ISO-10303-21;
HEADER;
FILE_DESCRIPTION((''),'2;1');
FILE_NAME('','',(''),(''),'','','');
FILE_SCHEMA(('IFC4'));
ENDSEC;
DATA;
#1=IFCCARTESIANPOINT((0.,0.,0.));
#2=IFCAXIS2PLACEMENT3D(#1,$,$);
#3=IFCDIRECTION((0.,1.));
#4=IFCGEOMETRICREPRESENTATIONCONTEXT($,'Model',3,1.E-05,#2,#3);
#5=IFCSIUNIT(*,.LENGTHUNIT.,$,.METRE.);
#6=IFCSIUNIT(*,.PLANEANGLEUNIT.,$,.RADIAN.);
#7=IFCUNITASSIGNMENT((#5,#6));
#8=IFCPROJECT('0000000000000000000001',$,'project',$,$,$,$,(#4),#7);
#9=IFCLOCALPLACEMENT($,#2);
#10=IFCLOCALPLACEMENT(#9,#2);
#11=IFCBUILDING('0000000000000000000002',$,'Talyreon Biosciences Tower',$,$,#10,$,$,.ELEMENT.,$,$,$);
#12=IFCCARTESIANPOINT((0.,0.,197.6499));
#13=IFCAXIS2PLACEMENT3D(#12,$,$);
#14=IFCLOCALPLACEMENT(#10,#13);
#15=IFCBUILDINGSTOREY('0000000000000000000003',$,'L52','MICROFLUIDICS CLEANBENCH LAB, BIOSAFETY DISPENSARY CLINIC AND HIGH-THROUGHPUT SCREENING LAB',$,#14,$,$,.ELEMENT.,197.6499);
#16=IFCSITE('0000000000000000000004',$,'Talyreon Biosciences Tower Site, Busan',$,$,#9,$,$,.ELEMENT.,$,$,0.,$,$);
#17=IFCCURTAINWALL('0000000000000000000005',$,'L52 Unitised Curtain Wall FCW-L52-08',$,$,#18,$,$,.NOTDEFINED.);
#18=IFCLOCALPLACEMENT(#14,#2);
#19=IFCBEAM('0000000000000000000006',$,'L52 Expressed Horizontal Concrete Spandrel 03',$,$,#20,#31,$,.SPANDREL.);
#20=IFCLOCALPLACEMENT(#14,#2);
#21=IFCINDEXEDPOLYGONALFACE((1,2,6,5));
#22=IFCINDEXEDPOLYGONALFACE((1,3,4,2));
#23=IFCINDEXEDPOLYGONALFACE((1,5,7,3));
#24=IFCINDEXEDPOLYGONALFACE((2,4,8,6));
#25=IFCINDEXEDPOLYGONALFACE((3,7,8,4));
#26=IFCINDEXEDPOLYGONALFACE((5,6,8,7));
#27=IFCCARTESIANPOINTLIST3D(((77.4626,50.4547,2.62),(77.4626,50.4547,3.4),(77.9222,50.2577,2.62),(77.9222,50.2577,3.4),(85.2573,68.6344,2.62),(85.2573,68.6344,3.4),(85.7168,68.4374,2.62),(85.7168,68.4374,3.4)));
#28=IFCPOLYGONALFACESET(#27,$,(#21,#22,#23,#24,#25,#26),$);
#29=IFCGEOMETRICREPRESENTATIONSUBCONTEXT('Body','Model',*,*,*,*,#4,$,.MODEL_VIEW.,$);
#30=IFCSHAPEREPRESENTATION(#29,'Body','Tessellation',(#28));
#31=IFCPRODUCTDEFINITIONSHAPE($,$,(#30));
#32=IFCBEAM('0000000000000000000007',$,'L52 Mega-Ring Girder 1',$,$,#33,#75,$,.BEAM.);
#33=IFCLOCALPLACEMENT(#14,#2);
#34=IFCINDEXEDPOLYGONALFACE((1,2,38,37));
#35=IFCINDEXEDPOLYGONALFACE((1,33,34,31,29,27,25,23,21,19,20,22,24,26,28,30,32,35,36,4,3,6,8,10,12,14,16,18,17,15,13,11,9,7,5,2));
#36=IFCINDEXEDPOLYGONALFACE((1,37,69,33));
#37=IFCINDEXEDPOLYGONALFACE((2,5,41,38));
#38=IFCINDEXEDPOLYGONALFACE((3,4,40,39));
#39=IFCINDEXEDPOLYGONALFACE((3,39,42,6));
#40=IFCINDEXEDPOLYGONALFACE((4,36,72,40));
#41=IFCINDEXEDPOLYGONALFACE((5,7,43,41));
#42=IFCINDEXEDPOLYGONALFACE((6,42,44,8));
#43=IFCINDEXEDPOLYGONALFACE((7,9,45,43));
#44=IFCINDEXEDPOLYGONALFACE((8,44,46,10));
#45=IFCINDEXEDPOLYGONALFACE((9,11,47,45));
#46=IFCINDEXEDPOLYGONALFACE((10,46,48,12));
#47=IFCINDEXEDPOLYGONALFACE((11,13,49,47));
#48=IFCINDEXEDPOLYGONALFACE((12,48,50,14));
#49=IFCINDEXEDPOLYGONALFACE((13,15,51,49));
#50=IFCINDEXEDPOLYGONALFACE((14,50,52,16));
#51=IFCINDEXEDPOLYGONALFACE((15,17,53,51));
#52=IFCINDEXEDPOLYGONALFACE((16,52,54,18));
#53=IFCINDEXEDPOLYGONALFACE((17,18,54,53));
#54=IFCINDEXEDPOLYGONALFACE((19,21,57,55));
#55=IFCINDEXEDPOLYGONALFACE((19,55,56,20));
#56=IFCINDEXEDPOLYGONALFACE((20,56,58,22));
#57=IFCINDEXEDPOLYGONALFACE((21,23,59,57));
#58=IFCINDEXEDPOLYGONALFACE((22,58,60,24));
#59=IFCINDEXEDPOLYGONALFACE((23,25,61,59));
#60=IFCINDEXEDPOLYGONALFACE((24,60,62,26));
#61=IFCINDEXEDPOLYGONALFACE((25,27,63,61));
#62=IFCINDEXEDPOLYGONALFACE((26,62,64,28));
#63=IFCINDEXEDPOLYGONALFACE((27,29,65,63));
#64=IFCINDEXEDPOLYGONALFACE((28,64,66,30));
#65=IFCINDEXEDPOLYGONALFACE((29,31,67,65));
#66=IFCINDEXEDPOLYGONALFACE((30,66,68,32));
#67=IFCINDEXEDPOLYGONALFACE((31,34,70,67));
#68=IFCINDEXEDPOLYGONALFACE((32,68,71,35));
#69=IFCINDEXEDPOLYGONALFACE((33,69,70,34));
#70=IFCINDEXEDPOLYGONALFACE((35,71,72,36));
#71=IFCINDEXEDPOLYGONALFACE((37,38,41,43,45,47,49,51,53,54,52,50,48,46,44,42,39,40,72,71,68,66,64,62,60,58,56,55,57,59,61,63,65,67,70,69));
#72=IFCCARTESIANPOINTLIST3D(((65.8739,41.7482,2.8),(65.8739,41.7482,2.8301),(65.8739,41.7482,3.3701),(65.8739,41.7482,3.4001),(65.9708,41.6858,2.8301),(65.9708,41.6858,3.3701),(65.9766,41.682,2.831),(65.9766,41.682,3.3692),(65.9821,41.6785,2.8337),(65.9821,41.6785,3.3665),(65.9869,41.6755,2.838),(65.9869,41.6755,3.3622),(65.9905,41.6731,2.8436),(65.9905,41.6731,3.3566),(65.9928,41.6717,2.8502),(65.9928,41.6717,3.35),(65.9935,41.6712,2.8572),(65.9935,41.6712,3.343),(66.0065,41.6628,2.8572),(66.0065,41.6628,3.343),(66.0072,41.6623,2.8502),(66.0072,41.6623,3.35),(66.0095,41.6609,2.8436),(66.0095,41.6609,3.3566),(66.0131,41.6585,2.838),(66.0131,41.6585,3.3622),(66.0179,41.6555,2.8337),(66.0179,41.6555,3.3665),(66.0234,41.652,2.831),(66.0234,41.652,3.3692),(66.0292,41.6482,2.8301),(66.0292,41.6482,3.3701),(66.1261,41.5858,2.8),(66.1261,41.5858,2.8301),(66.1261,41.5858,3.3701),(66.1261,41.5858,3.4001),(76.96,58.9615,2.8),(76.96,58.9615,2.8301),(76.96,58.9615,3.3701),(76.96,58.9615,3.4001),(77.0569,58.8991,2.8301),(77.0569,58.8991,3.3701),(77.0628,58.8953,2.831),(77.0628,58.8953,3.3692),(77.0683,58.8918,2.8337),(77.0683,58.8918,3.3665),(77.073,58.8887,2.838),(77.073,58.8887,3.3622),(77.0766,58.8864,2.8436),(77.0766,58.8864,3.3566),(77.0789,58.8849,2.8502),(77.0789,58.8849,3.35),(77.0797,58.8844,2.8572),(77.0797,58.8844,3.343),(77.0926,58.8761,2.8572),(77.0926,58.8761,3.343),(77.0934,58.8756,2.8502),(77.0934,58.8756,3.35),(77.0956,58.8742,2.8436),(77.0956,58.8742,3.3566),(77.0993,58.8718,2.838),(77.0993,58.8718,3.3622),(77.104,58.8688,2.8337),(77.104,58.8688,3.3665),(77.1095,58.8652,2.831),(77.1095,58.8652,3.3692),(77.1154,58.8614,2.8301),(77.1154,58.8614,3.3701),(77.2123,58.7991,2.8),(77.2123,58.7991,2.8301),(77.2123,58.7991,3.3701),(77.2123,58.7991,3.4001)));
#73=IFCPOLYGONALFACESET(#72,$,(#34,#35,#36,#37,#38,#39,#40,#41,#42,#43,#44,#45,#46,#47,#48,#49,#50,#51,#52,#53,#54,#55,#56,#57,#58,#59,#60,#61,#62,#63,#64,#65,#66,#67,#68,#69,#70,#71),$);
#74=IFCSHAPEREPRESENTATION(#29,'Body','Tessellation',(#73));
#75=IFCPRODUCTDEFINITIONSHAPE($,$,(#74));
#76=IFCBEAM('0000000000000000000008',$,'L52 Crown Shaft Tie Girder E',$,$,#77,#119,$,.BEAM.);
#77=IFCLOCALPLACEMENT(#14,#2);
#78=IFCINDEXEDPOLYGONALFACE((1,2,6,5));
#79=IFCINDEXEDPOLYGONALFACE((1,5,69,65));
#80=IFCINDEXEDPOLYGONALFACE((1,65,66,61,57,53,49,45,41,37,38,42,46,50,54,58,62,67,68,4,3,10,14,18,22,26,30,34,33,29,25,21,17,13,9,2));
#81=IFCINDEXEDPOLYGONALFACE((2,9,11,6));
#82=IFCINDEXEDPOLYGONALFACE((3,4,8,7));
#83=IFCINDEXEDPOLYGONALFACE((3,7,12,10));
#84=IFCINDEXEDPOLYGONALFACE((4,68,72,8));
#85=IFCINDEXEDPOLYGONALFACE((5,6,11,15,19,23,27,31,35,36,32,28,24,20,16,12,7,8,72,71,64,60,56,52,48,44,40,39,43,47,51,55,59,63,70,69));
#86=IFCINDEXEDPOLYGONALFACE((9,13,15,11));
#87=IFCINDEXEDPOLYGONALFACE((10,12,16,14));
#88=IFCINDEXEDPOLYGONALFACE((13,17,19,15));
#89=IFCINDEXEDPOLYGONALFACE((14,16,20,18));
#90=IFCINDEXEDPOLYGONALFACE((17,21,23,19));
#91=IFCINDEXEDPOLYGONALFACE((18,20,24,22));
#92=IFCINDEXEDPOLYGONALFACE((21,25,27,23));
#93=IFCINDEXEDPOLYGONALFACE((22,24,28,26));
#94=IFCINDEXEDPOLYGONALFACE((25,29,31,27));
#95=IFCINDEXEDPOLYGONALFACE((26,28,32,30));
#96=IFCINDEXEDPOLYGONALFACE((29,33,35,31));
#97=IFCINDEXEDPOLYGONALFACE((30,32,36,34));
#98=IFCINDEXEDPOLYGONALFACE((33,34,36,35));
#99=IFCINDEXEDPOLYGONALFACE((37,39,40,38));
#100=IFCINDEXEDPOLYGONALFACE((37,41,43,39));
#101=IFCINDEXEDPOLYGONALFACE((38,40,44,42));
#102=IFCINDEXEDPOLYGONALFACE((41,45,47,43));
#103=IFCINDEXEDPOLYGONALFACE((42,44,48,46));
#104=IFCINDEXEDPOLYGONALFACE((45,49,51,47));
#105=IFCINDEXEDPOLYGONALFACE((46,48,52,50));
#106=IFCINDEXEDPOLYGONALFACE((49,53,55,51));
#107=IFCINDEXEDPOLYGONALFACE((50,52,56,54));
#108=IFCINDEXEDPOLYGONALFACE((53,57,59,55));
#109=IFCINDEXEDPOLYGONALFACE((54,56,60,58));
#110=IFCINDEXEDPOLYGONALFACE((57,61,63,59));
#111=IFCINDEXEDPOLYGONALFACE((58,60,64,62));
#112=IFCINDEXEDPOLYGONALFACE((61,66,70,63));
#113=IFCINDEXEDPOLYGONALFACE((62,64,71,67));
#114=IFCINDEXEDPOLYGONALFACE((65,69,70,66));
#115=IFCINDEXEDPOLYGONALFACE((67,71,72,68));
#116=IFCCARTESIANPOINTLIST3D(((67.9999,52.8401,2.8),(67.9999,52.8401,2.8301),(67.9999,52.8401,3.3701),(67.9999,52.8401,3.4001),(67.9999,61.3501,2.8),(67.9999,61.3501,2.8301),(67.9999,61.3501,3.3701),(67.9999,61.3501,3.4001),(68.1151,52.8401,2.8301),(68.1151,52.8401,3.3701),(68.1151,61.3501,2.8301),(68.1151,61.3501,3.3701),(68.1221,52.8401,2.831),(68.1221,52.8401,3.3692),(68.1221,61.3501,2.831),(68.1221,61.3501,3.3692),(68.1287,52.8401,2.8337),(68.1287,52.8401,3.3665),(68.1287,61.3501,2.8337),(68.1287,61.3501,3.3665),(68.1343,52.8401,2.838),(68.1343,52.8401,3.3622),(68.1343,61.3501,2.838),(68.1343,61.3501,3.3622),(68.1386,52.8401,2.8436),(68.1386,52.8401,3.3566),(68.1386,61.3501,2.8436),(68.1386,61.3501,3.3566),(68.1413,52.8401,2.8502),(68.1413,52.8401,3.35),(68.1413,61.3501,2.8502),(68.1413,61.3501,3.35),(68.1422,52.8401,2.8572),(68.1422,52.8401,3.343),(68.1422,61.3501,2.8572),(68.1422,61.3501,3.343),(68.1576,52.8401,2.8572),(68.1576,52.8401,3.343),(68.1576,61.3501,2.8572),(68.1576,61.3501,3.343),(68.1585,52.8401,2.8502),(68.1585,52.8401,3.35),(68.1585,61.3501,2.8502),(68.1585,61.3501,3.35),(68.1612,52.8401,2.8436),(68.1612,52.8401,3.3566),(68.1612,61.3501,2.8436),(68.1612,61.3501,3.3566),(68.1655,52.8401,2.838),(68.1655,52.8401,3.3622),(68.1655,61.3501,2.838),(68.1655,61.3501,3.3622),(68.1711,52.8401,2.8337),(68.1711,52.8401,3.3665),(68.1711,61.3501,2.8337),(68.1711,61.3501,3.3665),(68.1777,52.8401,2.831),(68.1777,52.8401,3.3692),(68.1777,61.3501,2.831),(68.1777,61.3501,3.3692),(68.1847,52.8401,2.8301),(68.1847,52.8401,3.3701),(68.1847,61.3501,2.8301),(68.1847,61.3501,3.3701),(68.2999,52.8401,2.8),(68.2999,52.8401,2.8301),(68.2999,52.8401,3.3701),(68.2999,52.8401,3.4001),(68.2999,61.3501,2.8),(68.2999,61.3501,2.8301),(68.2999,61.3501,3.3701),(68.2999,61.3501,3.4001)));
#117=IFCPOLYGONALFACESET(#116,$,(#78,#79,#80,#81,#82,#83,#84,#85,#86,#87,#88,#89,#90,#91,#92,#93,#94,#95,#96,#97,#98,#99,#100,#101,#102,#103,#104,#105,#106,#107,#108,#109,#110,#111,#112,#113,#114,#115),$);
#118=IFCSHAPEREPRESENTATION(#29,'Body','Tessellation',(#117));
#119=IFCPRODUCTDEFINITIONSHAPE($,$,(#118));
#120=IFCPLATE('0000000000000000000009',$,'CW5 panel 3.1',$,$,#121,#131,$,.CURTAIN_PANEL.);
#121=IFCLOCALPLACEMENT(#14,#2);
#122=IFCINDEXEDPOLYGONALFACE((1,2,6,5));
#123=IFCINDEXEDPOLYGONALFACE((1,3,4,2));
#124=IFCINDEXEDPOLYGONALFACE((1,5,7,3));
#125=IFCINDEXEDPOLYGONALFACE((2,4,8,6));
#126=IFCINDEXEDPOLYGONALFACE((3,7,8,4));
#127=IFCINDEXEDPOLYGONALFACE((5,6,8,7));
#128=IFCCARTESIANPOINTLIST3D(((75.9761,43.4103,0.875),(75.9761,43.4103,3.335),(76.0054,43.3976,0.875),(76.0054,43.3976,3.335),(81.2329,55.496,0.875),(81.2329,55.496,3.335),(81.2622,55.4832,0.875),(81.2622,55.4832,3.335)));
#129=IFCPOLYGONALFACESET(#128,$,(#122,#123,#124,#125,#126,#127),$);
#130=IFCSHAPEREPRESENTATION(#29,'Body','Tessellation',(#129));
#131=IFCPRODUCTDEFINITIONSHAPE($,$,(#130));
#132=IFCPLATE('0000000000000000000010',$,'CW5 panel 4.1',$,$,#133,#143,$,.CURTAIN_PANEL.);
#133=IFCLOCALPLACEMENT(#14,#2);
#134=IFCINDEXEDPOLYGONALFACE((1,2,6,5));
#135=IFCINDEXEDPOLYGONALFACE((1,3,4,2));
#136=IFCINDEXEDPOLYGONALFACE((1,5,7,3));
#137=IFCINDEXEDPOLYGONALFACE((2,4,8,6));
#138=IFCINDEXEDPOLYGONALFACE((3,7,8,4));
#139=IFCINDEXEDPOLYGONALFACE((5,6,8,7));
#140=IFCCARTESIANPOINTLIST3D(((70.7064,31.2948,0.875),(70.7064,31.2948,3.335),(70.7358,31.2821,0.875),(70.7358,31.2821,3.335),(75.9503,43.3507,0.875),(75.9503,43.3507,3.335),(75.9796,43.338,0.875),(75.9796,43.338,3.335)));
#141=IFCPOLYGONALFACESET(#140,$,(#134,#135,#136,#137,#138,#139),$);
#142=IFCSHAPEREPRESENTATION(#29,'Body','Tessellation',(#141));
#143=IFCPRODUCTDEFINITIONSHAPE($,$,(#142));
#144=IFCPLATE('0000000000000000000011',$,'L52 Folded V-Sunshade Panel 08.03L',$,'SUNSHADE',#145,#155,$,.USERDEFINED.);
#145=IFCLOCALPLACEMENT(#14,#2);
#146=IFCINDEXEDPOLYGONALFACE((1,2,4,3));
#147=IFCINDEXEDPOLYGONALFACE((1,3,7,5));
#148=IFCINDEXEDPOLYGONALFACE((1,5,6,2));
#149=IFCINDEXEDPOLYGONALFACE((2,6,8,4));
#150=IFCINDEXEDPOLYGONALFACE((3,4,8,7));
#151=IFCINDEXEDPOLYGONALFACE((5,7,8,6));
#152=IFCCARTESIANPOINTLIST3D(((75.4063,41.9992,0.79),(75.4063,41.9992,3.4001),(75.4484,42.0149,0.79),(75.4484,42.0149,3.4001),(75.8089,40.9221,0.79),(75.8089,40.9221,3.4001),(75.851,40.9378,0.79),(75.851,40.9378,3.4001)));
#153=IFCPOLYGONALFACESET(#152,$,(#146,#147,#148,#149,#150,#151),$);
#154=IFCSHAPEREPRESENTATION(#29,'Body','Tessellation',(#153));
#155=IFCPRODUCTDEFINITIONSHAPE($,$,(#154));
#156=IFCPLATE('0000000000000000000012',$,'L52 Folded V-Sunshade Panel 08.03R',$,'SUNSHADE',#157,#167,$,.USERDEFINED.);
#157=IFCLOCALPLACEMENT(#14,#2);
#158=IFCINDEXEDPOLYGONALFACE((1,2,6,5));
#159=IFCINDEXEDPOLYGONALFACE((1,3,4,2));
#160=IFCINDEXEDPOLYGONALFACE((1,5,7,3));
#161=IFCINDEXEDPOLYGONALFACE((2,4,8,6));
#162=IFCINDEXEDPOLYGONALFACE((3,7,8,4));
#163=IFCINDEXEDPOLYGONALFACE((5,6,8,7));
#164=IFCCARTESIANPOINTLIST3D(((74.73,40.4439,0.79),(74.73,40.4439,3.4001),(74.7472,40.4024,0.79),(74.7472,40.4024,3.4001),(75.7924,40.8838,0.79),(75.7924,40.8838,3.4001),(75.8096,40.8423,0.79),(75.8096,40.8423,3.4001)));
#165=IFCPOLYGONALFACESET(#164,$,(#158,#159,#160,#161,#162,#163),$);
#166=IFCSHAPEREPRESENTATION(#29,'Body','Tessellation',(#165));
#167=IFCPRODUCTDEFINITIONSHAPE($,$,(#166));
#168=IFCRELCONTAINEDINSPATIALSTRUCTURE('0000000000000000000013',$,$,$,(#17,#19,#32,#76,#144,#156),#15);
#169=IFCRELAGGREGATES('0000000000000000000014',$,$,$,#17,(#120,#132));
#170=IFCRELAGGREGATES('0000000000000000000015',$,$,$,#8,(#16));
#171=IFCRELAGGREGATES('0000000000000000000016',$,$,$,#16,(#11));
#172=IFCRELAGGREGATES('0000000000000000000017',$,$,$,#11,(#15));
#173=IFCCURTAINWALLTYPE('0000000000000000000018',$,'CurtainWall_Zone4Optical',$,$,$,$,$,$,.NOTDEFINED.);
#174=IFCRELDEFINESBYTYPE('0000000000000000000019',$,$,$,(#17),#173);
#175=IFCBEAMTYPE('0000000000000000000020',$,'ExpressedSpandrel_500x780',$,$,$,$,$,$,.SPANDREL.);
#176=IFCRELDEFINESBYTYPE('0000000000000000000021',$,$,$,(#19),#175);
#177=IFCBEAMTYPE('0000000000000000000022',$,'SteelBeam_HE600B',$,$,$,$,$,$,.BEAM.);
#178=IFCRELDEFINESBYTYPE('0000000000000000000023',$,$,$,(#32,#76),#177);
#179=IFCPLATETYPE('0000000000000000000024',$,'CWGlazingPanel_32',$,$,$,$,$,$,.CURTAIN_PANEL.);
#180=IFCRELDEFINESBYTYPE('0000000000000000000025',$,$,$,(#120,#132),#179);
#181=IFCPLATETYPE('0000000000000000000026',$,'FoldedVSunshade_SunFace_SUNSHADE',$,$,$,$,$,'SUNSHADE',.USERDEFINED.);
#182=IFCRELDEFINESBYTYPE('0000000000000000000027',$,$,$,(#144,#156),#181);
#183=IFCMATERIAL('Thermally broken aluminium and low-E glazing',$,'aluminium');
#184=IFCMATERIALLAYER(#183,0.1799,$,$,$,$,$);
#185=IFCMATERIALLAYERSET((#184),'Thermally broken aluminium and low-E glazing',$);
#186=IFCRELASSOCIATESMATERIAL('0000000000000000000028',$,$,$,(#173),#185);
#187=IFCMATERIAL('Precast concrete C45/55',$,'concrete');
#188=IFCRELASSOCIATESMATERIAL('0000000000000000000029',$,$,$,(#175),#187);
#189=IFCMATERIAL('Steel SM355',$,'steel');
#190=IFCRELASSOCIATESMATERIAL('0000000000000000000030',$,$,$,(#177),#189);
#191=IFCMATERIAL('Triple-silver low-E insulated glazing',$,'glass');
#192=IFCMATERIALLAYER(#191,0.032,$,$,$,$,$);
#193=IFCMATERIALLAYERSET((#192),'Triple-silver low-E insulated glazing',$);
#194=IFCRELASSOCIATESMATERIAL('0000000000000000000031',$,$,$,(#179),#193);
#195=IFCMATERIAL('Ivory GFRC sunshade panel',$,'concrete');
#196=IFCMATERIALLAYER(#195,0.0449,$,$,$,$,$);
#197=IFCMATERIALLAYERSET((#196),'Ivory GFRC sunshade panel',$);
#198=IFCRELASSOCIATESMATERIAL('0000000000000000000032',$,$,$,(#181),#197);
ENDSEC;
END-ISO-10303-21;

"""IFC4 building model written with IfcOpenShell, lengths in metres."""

from ifc_helpers import new_model, si_unit, direction, frame, origin, origin_2d, place, context, subcontext, project, spatial, rectangle, i_section, extrude, material, layer, layer_set, material_profile, profile_set, type_object, element, aggregate, save


model = new_model("IFC4")

# Units and contexts
model_context = context("Model", 3, precision=1e-05, world=origin(), true_north=direction((0.0, 1.0)))
body_context = subcontext(model_context, "Body", "Model", "MODEL_VIEW")
ifc_project = project(units=[si_unit("LENGTHUNIT", "METRE"), si_unit("PLANEANGLEUNIT", "RADIAN")], contexts=[model_context])

# Site, building, storey
site_placement = place(None, origin())
site = spatial("IfcSite", under=ifc_project, at=site_placement, Name="Talyreon Biosciences Tower Site, Busan", CompositionType="ELEMENT", RefElevation=0.0)
building_placement = place(site_placement, origin())
building = spatial("IfcBuilding", under=site, at=building_placement, Name="Talyreon Biosciences Tower", CompositionType="ELEMENT")
storey_placement = place(building_placement, frame((0.0, 0.0, 197.6499)))
storey = spatial("IfcBuildingStorey", under=building, at=storey_placement, Name="L52", Description="MICROFLUIDICS CLEANBENCH LAB, BIOSAFETY DISPENSARY CLINIC AND HIGH-THROUGHPUT SCREENING LAB", CompositionType="ELEMENT", Elevation=197.6499)

# Shared definitions
ifc_material_1 = material(Name="Precast concrete C45/55", Category="concrete")

# Curtain wall
ifc_material_2 = material(Name="Thermally broken aluminium and low-E glazing", Category="aluminium")
ifc_layer_1 = layer(ifc_material_2, 0.1799)
ifc_layer_set_1 = layer_set([ifc_layer_1], Name="Thermally broken aluminium and low-E glazing")
curtain_wall_type = type_object("IfcCurtainWallType", Name="CurtainWall_Zone4Optical", PredefinedType="NOTDEFINED", material=ifc_layer_set_1)
curtain_wall_placement = place(storey_placement, origin())
curtain_wall = element("IfcCurtainWall", 1, at=curtain_wall_placement, inside=storey, type_object=curtain_wall_type, Name="L52 Unitised Curtain Wall FCW-L52-08", PredefinedType="NOTDEFINED")

# Beams
ifc_material_profile_1 = material_profile(ifc_material_1, rectangle(XDim=0.5, YDim=0.78, at=origin_2d()), Name="RCB 500x780")
ifc_profile_set_1 = profile_set([ifc_material_profile_1], Name="Precast concrete C45/55")
beam_type_1 = type_object("IfcBeamType", Name="ExpressedSpandrel_500x780", PredefinedType="SPANDREL", material=ifc_profile_set_1)
beam_1_placement = place(storey_placement, frame((77.6924, 50.3562, 3.01), z_axis=(0.394064, 0.919083, 0.0), x_axis=(-0.919083, 0.394064, 0.0)))
element("IfcBeam", 2, at=beam_1_placement, inside=storey, type_object=beam_type_1, Name="L52 Expressed Horizontal Concrete Spandrel 03", PredefinedType="SPANDREL", context=body_context, shape_type="SweptSolid", body=[
    extrude(rectangle(XDim=0.5, YDim=0.78, at=origin_2d()), origin(), (0.0, 0.0, 1.0), 19.7803),
])
ifc_material_3 = material(Name="Steel SM355", Category="steel")
ifc_material_profile_2 = material_profile(ifc_material_3, i_section(OverallWidth=0.3, OverallDepth=0.6001, WebThickness=0.0154, FlangeThickness=0.03, FilletRadius=0.0271, at=origin_2d()), Name="HE600B")
ifc_profile_set_2 = profile_set([ifc_material_profile_2], Name="Steel SM355")
beam_type_2 = type_object("IfcBeamType", Name="SteelBeam_HE600B", PredefinedType="BEAM", material=ifc_profile_set_2)
beam_2_placement = place(storey_placement, frame((66.0, 41.667, 3.1001), z_axis=(0.541464, 0.840724, 0.0), x_axis=(-0.840724, 0.541464, 0.0)))
element("IfcBeam", 3, at=beam_2_placement, inside=storey, type_object=beam_type_2, Name="L52 Mega-Ring Girder 1", PredefinedType="BEAM", context=body_context, shape_type="SweptSolid", body=[
    extrude(i_section(OverallWidth=0.3, OverallDepth=0.6001, WebThickness=0.0154, FlangeThickness=0.03, FilletRadius=0.0271, at=origin_2d()), origin(), (0.0, 0.0, 1.0), 20.4744),
])
beam_3_placement = place(storey_placement, frame((68.1499, 52.8401, 3.1001), z_axis=(0.0, 1.0, 0.0), x_axis=(-1.0, 0.0, 0.0)))
element("IfcBeam", 4, at=beam_3_placement, inside=storey, type_object=beam_type_2, Name="L52 Crown Shaft Tie Girder E", PredefinedType="BEAM", context=body_context, shape_type="SweptSolid", body=[
    extrude(i_section(OverallWidth=0.3, OverallDepth=0.6001, WebThickness=0.0154, FlangeThickness=0.03, FilletRadius=0.0271, at=origin_2d()), origin(), (0.0, 0.0, 1.0), 8.51),
])

# Plates
ifc_material_4 = material(Name="Triple-silver low-E insulated glazing", Category="glass")
ifc_layer_2 = layer(ifc_material_4, 0.032)
ifc_layer_set_2 = layer_set([ifc_layer_2], Name="Triple-silver low-E insulated glazing")
plate_type_1 = type_object("IfcPlateType", Name="CWGlazingPanel_32", PredefinedType="CURTAIN_PANEL", material=ifc_layer_set_2)
plate_1_placement = place(storey_placement, frame((78.6191, 49.4468, 0.875), z_axis=(0.0, 0.0, 1.0), x_axis=(-0.398862, -0.917011, 0.0)))
plate_1 = element("IfcPlate", 5, at=plate_1_placement, type_object=plate_type_1, Name="CW5 panel 3.1", PredefinedType="CURTAIN_PANEL", context=body_context, shape_type="SweptSolid", body=[
    extrude(rectangle(XDim=13.1794, YDim=0.032, at=origin_2d()), origin(), (0.0, 0.0, 1.0), 2.46),
])
plate_2_placement = place(storey_placement, frame((73.343, 37.3164, 0.875), z_axis=(0.0, 0.0, 1.0), x_axis=(-0.398862, -0.917011, 0.0)))
plate_2 = element("IfcPlate", 6, at=plate_2_placement, type_object=plate_type_1, Name="CW5 panel 4.1", PredefinedType="CURTAIN_PANEL", context=body_context, shape_type="SweptSolid", body=[
    extrude(rectangle(XDim=13.147, YDim=0.032, at=origin_2d()), origin(), (0.0, 0.0, 1.0), 2.46),
])
aggregate(curtain_wall, [plate_1, plate_2])

# Plates
ifc_material_5 = material(Name="Ivory GFRC sunshade panel", Category="concrete")
ifc_layer_3 = layer(ifc_material_5, 0.0449)
ifc_layer_set_3 = layer_set([ifc_layer_3], Name="Ivory GFRC sunshade panel")
plate_type_2 = type_object("IfcPlateType", Name="FoldedVSunshade_SunFace_SUNSHADE", ElementType="SUNSHADE", PredefinedType="USERDEFINED", material=ifc_layer_set_3)
for number, where, z_axis, x_axis, name in (
    (7, (75.6287, 41.4685, 0.79), (0.0, 0.0, 1.0), (0.350093, -0.936715, 0.0), "L52 Folded V-Sunshade Panel 08.03L"),
    (8, (75.2698, 40.6431, 0.79), (0.0, 0.0, 1.0), (-0.923926, -0.382571, 0.0), "L52 Folded V-Sunshade Panel 08.03R"),
):
    element("IfcPlate", number, at=place(storey_placement, frame(where, z_axis=z_axis, x_axis=x_axis)), inside=storey, type_object=plate_type_2, Name=name, ObjectType="SUNSHADE", PredefinedType="USERDEFINED", context=body_context, shape_type="SweptSolid", body=[
        extrude(rectangle(XDim=1.1499, YDim=0.0449, at=origin_2d()), origin(), (0.0, 0.0, 1.0), 2.6101),
    ])

save(model, "model.ifc")
